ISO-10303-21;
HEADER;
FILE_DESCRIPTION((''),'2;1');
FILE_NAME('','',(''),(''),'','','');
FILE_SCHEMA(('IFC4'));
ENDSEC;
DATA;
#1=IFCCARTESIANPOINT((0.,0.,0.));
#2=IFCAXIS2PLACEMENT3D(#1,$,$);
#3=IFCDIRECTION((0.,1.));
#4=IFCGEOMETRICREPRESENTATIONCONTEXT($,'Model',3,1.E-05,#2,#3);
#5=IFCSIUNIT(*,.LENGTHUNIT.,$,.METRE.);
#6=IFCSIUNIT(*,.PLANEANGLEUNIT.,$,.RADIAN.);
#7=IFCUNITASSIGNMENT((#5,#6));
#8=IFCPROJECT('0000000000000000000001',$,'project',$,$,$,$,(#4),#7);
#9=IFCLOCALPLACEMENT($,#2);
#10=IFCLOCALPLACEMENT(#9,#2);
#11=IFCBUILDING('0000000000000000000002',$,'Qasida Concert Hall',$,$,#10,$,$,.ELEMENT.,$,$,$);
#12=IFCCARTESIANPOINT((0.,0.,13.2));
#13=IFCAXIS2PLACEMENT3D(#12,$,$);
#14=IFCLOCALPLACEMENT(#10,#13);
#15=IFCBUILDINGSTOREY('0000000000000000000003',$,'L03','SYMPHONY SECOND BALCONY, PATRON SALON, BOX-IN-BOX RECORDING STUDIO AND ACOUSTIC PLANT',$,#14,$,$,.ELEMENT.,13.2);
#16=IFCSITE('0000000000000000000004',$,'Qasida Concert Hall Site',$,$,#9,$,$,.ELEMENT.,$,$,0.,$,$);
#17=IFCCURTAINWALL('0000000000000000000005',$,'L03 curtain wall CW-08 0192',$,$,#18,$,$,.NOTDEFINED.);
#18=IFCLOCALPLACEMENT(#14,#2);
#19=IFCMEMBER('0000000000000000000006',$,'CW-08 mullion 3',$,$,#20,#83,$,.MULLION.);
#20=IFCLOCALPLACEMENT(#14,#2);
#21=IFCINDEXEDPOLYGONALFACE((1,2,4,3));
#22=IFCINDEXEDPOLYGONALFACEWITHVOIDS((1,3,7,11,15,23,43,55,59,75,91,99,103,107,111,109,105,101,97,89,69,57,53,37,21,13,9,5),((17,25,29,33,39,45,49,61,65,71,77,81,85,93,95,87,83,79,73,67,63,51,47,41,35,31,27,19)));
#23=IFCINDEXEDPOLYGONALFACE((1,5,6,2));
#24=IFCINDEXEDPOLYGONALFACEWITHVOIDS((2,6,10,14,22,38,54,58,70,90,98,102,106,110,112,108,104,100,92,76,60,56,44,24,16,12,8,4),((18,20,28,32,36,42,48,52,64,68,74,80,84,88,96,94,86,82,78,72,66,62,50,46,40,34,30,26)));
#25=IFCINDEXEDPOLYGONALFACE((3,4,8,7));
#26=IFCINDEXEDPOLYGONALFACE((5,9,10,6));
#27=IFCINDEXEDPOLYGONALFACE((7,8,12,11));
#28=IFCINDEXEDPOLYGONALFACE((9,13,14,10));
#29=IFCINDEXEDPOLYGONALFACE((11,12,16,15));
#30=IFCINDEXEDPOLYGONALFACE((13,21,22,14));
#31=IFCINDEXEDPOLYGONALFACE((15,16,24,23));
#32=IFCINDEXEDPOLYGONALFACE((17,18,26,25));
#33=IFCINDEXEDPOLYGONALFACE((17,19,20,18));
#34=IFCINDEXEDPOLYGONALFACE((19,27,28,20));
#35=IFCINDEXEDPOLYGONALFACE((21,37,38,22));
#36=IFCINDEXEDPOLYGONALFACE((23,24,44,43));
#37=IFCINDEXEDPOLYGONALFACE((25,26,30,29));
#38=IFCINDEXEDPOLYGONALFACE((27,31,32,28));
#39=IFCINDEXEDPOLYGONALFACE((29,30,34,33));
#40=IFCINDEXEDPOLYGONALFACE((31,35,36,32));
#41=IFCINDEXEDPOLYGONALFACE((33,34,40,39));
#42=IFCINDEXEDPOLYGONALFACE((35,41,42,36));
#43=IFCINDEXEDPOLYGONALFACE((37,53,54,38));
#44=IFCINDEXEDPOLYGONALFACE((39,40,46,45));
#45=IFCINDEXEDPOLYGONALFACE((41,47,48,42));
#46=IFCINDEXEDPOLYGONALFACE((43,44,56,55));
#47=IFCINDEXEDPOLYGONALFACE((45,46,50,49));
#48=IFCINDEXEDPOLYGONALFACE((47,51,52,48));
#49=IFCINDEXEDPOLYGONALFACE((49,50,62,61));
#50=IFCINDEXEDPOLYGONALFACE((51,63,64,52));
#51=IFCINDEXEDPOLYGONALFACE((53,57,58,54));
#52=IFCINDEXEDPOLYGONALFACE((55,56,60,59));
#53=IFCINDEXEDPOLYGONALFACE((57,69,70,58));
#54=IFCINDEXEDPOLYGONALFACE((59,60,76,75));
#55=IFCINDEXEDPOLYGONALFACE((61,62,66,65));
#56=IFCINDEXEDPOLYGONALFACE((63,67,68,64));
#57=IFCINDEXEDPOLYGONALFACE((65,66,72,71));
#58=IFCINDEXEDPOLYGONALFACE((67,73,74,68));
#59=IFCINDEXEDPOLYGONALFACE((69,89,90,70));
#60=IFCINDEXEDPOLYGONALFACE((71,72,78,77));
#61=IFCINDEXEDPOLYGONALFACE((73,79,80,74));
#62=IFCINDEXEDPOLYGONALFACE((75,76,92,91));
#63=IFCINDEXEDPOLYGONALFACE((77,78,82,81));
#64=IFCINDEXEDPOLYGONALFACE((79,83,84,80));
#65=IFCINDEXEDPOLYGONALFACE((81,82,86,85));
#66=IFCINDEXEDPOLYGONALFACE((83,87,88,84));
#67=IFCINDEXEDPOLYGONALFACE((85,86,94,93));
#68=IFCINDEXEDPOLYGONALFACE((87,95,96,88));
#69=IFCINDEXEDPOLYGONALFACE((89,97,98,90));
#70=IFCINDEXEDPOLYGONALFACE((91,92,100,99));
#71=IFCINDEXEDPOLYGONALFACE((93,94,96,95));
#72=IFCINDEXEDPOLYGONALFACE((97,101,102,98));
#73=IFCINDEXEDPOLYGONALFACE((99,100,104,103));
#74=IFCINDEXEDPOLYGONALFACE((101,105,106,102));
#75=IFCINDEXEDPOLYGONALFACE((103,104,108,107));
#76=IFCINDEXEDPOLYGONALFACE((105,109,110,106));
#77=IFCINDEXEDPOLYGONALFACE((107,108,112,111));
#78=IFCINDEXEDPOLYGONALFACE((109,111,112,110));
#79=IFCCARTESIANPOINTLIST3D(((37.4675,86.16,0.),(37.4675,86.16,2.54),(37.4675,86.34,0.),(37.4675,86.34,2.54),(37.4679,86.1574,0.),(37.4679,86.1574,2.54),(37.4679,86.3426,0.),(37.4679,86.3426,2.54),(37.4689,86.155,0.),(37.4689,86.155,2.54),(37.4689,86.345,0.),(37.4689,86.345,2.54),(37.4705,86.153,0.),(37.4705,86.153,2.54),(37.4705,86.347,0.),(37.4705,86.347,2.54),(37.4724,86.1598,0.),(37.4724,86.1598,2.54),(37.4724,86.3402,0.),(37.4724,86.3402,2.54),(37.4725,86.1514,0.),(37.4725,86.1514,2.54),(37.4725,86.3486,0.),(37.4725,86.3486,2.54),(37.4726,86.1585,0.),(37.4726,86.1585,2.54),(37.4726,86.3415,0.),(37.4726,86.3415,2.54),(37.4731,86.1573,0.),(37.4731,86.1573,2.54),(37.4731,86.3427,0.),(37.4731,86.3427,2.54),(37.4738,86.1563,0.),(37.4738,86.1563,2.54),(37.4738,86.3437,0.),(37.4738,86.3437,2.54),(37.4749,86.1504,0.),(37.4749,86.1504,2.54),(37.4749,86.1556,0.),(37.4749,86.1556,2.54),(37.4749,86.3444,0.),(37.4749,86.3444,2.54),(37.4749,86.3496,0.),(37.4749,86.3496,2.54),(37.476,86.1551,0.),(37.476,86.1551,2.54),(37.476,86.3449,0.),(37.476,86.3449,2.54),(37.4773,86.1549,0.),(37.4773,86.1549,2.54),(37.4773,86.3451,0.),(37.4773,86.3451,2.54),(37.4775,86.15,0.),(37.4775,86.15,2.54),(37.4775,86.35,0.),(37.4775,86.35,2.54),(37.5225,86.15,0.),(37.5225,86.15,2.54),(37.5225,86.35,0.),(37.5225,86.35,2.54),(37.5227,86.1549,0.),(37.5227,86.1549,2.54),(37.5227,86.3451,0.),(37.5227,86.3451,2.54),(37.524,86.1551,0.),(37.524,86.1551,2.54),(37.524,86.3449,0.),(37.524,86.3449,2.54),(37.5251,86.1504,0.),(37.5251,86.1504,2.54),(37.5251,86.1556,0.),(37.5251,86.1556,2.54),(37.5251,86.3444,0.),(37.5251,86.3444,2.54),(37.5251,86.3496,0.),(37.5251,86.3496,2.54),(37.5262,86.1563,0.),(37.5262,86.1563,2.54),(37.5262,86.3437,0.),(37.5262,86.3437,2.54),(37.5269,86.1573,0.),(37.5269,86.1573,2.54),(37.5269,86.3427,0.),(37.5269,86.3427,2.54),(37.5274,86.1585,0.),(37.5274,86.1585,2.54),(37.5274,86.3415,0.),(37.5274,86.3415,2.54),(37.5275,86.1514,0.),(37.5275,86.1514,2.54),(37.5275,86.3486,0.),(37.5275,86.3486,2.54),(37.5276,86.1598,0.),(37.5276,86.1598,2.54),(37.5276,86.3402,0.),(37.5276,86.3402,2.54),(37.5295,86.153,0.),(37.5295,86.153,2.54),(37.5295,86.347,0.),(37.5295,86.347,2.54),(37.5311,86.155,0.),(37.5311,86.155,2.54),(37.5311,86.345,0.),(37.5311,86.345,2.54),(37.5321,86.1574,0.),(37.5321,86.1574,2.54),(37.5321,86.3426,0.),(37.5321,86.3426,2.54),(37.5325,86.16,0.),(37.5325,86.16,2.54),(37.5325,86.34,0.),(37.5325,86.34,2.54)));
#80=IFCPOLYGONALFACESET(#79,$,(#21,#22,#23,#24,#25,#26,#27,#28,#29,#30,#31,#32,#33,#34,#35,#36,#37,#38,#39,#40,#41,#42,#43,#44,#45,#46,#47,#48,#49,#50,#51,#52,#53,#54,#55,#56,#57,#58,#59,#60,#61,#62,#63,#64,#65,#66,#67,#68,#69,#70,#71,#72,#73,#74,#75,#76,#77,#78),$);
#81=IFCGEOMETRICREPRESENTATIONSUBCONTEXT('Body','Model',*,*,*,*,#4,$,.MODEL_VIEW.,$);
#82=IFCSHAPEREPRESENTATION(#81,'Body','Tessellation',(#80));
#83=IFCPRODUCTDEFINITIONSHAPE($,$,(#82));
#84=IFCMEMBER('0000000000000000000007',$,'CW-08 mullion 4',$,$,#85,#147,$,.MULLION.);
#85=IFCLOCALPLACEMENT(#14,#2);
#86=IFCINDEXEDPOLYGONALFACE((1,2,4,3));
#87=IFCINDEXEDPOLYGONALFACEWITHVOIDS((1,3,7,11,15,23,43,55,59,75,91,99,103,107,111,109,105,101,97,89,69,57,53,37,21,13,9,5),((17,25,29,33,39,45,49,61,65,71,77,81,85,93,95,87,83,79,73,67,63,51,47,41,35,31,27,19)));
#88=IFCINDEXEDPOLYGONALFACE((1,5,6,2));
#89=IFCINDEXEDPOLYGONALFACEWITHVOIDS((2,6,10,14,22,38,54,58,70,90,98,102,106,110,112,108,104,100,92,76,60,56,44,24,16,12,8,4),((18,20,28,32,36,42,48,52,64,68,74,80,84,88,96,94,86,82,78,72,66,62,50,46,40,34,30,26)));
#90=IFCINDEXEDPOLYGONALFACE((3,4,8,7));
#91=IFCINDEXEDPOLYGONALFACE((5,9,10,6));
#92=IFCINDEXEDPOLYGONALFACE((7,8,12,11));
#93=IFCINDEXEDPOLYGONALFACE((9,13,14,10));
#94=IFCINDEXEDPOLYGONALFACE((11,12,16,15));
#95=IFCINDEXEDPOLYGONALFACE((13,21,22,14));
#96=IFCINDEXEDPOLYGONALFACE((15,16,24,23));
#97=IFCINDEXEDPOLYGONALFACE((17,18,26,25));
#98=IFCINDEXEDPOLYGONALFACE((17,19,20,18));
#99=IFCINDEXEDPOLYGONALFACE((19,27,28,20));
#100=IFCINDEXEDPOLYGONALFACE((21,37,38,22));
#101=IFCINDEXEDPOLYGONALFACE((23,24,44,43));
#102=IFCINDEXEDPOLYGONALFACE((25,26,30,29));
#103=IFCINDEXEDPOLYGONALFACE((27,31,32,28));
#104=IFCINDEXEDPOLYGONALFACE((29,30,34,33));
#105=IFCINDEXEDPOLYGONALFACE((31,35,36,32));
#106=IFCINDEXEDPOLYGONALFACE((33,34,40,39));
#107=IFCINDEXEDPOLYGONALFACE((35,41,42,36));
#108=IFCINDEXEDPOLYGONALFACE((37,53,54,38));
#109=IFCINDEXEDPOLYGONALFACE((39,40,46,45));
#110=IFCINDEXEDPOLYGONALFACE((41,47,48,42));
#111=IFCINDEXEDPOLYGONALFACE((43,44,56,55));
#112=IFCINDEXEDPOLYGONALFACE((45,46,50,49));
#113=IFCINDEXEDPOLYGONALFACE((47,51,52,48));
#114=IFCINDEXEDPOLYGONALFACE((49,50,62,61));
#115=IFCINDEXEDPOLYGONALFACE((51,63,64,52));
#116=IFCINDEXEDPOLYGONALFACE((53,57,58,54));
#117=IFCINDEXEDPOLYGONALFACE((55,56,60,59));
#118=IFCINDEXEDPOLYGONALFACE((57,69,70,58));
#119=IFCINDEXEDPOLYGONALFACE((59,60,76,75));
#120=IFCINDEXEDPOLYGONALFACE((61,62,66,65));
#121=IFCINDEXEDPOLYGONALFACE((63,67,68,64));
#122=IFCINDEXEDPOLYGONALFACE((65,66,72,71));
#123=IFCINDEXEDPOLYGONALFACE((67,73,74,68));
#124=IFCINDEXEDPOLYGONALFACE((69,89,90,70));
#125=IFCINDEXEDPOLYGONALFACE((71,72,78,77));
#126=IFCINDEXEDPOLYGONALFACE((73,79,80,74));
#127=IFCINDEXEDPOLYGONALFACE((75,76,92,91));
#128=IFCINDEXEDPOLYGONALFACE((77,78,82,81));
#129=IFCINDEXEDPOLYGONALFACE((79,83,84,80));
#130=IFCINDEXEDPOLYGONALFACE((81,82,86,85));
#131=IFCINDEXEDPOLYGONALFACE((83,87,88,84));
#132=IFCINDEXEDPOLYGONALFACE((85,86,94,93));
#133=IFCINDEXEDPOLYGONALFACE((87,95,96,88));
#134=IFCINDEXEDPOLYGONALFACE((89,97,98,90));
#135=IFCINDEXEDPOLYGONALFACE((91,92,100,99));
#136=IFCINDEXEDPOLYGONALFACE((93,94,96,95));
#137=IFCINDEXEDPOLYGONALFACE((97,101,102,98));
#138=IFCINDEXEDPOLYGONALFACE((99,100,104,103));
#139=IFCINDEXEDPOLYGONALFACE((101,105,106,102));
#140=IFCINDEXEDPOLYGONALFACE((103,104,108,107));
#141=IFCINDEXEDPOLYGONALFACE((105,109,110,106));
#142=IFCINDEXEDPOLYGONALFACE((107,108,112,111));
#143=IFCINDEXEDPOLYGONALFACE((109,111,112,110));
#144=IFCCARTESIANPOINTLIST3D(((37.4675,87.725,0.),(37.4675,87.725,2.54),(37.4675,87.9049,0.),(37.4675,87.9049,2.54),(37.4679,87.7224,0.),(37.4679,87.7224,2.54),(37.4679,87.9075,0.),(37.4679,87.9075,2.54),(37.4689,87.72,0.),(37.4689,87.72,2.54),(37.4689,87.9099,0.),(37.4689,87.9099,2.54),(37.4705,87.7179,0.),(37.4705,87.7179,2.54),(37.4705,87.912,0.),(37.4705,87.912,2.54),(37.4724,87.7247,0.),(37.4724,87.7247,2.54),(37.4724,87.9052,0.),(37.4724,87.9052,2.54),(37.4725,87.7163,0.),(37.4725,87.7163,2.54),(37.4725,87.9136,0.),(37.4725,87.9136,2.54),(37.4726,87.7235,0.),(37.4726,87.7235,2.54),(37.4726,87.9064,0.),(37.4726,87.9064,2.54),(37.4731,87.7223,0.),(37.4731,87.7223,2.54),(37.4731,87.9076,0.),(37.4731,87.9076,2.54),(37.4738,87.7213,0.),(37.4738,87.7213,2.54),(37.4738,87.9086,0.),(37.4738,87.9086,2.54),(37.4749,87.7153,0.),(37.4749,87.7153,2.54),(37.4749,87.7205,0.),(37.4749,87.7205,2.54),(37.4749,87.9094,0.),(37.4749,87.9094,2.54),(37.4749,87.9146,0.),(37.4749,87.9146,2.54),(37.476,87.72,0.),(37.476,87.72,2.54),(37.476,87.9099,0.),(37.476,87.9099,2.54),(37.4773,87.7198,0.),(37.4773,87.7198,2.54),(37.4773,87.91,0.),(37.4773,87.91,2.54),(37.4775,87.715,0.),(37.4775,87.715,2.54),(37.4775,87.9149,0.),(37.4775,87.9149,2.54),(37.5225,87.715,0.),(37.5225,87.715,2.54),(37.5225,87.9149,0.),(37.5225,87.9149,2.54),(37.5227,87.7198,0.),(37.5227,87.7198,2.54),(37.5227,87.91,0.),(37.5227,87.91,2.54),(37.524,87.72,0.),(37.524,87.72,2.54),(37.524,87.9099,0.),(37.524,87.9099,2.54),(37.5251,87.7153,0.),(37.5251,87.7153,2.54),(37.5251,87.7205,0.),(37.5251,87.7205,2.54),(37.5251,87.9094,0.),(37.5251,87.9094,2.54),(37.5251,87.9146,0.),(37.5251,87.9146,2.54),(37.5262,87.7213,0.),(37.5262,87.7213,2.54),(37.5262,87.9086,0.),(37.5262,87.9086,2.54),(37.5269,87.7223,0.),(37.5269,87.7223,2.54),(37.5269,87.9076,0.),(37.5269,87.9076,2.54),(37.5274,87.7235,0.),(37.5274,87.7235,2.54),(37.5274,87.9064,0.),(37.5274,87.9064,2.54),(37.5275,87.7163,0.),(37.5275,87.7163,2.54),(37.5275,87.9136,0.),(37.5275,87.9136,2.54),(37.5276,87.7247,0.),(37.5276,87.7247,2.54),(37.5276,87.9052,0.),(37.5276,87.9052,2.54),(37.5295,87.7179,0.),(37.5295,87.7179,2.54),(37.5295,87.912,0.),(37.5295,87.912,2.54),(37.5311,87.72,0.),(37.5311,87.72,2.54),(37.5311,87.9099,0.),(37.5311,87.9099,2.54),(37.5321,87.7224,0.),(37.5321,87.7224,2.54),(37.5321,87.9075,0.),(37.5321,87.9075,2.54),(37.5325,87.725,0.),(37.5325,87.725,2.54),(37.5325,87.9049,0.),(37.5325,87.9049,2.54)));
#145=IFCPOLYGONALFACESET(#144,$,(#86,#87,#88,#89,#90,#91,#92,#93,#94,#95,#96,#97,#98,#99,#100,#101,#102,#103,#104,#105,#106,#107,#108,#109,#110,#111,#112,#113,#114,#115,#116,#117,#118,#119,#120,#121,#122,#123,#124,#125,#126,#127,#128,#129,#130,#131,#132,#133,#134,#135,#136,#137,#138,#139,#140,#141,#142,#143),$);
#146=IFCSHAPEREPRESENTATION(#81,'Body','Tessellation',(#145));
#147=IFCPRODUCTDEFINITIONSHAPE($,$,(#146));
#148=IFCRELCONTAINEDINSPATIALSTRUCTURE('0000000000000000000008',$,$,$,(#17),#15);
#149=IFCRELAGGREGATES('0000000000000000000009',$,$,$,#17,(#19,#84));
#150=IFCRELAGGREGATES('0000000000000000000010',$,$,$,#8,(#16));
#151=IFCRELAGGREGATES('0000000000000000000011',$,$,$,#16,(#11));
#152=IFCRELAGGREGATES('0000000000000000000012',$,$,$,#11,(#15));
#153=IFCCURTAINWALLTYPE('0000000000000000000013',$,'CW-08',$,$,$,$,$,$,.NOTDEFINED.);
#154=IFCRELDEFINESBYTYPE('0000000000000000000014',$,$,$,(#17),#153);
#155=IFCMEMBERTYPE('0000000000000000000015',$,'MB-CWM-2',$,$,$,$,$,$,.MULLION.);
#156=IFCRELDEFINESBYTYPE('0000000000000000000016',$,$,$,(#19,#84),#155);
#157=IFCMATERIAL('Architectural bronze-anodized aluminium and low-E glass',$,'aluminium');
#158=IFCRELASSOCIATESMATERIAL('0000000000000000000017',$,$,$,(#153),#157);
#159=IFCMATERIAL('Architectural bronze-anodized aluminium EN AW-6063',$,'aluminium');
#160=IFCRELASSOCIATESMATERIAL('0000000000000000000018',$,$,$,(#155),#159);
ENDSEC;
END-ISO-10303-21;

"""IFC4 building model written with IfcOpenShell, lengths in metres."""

from ifc_helpers import new_model, si_unit, direction, frame, origin, origin_2d, place, context, subcontext, project, spatial, hollow_rectangle, extrude, material, material_profile, profile_set, type_object, element, aggregate, save


model = new_model("IFC4")

# Units and contexts
model_context = context("Model", 3, precision=1e-05, world=origin(), true_north=direction((0.0, 1.0)))
body_context = subcontext(model_context, "Body", "Model", "MODEL_VIEW")
ifc_project = project(units=[si_unit("LENGTHUNIT", "METRE"), si_unit("PLANEANGLEUNIT", "RADIAN")], contexts=[model_context])

# Site, building, storey
site_placement = place(None, origin())
site = spatial("IfcSite", under=ifc_project, at=site_placement, Name="Qasida Concert Hall Site", CompositionType="ELEMENT", RefElevation=0.0)
building_placement = place(site_placement, origin())
building = spatial("IfcBuilding", under=site, at=building_placement, Name="Qasida Concert Hall", CompositionType="ELEMENT")
storey_placement = place(building_placement, frame((0.0, 0.0, 13.2)))
storey = spatial("IfcBuildingStorey", under=building, at=storey_placement, Name="L03", Description="SYMPHONY SECOND BALCONY, PATRON SALON, BOX-IN-BOX RECORDING STUDIO AND ACOUSTIC PLANT", CompositionType="ELEMENT", Elevation=13.2)

# Curtain wall, members
ifc_material_1 = material(Name="Architectural bronze-anodized aluminium and low-E glass", Category="aluminium")
curtain_wall_type = type_object("IfcCurtainWallType", Name="CW-08", PredefinedType="NOTDEFINED", material=ifc_material_1)
curtain_wall_placement = place(storey_placement, origin())
curtain_wall = element("IfcCurtainWall", 1, at=curtain_wall_placement, inside=storey, type_object=curtain_wall_type, Name="L03 curtain wall CW-08 0192", PredefinedType="NOTDEFINED")
ifc_material_2 = material(Name="Architectural bronze-anodized aluminium EN AW-6063", Category="aluminium")
ifc_material_profile_1 = material_profile(ifc_material_2, hollow_rectangle(XDim=0.0649, YDim=0.2, WallThickness=0.0049, InnerFilletRadius=0.0049, OuterFilletRadius=0.01, at=origin_2d()), Name="CWM 200x65x5")
ifc_profile_set_1 = profile_set([ifc_material_profile_1], Name="Architectural bronze-anodized aluminium EN AW-6063")
member_type_1 = type_object("IfcMemberType", Name="MB-CWM-2", PredefinedType="MULLION", material=ifc_profile_set_1)
member_1_placement = place(storey_placement, frame((37.5, 86.25, 0.0), z_axis=(0.0, 0.0, 1.0), x_axis=(-1.0, 0.0, 0.0)))
member_1 = element("IfcMember", 2, at=member_1_placement, type_object=member_type_1, Name="CW-08 mullion 3", PredefinedType="MULLION", context=body_context, shape_type="SweptSolid", body=[
    extrude(hollow_rectangle(XDim=0.0649, YDim=0.2, WallThickness=0.0049, InnerFilletRadius=0.0049, OuterFilletRadius=0.01, at=origin_2d()), origin(), (0.0, 0.0, 1.0), 2.54),
])
member_2_placement = place(storey_placement, frame((37.5, 87.8149, 0.0), z_axis=(0.0, 0.0, 1.0), x_axis=(-1.0, 0.0, 0.0)))
member_2 = element("IfcMember", 3, at=member_2_placement, type_object=member_type_1, Name="CW-08 mullion 4", PredefinedType="MULLION", context=body_context, shape_type="SweptSolid", body=[
    extrude(hollow_rectangle(XDim=0.0649, YDim=0.2, WallThickness=0.0049, InnerFilletRadius=0.0049, OuterFilletRadius=0.01, at=origin_2d()), origin(), (0.0, 0.0, 1.0), 2.54),
])
aggregate(curtain_wall, [member_1, member_2])

save(model, "model.ifc")
